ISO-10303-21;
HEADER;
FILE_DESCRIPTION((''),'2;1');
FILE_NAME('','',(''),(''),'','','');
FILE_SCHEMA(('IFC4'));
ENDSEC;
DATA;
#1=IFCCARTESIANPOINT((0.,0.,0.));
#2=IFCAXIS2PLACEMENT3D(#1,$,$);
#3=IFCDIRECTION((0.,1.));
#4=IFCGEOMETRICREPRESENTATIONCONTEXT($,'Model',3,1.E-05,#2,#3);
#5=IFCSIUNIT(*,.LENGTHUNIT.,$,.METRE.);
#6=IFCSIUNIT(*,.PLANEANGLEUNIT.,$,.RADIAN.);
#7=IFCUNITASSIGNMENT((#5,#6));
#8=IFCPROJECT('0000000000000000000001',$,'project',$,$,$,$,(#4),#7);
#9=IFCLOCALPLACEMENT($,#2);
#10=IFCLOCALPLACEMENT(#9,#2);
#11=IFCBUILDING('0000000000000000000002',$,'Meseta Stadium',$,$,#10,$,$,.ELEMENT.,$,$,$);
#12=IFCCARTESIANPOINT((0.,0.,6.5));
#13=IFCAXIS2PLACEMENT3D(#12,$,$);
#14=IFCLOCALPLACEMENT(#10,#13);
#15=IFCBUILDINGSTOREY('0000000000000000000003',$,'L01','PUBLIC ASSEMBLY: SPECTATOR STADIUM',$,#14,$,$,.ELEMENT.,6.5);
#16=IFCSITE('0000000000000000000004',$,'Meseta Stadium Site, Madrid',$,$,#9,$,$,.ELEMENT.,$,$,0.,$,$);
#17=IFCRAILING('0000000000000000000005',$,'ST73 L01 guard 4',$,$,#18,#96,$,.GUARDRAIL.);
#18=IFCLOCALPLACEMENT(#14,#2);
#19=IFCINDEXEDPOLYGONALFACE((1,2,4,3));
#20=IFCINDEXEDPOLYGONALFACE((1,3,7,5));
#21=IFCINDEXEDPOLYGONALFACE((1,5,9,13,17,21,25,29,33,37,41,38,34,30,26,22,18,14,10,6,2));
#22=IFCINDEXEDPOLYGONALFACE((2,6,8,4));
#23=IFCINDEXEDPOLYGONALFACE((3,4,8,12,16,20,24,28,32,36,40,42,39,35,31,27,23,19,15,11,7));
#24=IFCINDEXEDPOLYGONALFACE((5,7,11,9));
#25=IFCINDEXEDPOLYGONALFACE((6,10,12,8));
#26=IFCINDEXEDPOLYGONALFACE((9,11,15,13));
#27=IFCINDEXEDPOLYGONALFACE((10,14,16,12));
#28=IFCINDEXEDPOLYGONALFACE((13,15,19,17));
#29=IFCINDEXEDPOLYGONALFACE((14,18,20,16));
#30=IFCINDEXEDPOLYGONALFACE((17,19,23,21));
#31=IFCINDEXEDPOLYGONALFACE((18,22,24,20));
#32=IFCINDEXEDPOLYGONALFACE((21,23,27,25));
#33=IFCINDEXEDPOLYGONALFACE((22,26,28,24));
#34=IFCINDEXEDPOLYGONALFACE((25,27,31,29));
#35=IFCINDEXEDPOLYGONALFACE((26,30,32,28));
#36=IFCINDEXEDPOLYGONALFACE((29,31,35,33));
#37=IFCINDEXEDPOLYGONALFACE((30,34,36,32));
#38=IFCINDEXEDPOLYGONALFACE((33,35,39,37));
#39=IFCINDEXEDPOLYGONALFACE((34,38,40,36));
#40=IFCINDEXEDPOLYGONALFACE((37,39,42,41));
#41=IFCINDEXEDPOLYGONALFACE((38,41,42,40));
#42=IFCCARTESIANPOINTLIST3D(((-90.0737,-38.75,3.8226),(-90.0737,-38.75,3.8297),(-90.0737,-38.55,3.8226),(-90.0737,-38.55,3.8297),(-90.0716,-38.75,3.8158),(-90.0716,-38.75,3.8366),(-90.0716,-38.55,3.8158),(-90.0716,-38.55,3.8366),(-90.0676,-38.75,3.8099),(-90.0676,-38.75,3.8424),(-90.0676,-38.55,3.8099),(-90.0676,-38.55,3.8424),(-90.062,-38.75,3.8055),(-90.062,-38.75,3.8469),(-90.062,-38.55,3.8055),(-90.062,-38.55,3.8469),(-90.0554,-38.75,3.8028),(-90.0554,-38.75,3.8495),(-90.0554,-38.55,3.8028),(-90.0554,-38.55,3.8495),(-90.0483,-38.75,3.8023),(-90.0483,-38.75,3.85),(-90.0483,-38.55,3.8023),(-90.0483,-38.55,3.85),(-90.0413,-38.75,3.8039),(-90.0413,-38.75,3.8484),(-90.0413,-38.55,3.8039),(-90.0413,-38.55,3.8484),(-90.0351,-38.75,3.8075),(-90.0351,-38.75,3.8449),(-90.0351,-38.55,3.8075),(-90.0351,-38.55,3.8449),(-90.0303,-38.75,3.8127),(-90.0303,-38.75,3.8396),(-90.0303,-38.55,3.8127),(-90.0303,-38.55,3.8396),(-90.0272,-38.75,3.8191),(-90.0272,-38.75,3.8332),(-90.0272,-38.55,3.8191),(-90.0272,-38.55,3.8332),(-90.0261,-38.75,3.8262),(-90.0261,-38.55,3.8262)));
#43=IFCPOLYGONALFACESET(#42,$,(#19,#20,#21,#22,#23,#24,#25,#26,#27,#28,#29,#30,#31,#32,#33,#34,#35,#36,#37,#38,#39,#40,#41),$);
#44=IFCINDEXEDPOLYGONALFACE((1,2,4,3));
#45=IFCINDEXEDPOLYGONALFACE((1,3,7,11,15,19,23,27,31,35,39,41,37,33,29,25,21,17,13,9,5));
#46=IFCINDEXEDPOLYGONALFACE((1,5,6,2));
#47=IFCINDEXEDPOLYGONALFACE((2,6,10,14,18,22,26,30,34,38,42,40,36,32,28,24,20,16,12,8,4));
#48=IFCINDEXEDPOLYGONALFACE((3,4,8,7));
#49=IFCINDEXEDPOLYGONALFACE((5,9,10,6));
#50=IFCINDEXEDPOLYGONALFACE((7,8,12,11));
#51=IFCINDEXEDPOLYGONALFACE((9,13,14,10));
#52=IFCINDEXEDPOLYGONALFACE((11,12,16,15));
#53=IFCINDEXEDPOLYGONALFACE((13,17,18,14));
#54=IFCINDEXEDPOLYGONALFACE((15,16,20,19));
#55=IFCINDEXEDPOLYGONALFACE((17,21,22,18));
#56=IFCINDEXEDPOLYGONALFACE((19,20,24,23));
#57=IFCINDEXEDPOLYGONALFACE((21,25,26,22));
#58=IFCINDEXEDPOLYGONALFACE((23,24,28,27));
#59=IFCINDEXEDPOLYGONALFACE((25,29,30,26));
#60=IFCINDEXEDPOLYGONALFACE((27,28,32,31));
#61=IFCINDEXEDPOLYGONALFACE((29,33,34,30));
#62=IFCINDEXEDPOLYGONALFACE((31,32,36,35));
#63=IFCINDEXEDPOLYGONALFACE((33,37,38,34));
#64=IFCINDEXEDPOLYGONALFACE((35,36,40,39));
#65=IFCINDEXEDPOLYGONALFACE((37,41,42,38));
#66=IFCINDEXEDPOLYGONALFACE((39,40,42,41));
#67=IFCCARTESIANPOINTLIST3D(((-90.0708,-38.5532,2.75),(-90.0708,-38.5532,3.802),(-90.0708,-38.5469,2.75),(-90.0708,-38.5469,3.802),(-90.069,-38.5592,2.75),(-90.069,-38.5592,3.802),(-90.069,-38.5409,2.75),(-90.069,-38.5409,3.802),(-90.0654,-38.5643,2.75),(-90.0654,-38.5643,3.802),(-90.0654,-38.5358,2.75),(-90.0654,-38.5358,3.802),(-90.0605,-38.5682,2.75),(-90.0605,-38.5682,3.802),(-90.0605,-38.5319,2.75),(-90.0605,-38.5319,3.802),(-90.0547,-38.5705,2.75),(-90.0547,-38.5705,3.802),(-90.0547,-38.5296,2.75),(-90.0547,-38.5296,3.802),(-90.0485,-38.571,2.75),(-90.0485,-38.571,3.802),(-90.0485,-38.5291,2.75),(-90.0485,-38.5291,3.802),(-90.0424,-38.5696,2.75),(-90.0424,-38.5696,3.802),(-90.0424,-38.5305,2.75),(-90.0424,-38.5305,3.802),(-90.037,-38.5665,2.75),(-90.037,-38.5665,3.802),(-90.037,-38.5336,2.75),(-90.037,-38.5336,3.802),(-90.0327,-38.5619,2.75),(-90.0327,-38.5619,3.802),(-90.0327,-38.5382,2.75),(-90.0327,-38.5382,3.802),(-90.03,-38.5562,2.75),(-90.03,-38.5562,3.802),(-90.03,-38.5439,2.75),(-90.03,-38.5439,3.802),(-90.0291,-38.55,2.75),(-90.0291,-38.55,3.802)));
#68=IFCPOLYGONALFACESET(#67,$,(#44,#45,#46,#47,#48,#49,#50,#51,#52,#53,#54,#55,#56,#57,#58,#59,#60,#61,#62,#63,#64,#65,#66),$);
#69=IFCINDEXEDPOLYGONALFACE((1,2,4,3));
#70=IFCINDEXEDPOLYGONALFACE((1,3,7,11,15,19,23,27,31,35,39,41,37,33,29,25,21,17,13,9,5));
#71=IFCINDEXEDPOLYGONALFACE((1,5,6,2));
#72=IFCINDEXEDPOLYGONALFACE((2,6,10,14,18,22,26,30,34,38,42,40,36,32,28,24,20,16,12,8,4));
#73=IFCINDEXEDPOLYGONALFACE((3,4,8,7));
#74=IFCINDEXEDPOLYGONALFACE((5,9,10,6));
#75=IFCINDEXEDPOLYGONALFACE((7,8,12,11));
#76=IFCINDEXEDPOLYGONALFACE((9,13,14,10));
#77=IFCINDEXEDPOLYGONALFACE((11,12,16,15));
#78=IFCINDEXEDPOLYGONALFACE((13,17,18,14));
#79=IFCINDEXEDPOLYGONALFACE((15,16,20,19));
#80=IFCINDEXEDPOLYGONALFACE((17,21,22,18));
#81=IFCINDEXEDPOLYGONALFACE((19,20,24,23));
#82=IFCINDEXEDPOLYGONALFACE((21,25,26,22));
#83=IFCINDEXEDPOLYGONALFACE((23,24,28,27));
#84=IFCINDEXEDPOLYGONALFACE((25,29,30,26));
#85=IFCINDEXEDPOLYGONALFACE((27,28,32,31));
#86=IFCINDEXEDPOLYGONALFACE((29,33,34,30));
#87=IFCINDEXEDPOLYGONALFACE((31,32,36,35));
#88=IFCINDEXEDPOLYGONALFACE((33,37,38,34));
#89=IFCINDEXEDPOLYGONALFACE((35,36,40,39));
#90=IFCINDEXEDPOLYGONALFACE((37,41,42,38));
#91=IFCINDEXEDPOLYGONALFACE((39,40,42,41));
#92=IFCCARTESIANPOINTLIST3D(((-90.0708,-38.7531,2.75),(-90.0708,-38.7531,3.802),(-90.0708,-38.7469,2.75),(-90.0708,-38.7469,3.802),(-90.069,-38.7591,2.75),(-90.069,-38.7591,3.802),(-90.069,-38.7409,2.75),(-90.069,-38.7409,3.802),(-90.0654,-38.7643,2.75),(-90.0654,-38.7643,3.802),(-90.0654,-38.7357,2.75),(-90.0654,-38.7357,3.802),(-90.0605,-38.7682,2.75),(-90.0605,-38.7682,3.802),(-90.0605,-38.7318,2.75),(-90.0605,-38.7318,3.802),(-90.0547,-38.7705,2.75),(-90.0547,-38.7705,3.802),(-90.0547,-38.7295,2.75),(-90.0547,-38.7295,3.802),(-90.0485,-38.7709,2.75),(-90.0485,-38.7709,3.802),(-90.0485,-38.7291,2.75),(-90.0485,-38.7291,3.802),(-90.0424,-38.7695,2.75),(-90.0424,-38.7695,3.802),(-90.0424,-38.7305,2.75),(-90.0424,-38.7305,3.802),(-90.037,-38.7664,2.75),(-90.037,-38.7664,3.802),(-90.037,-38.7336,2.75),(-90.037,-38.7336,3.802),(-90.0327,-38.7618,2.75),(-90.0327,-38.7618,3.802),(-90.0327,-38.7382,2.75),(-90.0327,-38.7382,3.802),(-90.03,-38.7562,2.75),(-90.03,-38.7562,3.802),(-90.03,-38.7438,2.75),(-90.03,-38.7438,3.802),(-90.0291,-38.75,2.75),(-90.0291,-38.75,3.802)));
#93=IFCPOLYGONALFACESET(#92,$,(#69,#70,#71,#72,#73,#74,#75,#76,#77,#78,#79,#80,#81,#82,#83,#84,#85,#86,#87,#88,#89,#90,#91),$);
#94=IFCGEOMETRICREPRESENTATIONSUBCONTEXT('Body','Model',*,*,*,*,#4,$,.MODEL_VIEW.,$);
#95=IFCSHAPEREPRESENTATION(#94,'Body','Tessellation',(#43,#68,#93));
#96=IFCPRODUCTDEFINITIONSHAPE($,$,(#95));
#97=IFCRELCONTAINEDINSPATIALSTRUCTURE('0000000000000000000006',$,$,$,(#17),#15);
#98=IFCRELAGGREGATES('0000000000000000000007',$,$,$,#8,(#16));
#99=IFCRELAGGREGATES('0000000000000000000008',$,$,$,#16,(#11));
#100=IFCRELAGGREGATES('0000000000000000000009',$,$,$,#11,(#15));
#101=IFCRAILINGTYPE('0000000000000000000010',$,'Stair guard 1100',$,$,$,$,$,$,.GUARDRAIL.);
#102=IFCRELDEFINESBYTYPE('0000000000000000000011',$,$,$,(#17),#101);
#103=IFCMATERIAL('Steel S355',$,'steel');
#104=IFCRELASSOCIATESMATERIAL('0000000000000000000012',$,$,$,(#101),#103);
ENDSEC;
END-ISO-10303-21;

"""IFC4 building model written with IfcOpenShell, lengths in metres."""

from ifc_helpers import new_model, si_unit, direction, frame, origin, origin_2d, place, context, subcontext, project, spatial, circle, extrude, material, type_object, element, save


model = new_model("IFC4")

# Units and contexts
model_context = context("Model", 3, precision=1e-05, world=origin(), true_north=direction((0.0, 1.0)))
body_context = subcontext(model_context, "Body", "Model", "MODEL_VIEW")
ifc_project = project(units=[si_unit("LENGTHUNIT", "METRE"), si_unit("PLANEANGLEUNIT", "RADIAN")], contexts=[model_context])

# Site, building, storey
site_placement = place(None, origin())
site = spatial("IfcSite", under=ifc_project, at=site_placement, Name="Meseta Stadium Site, Madrid", CompositionType="ELEMENT", RefElevation=0.0)
building_placement = place(site_placement, origin())
building = spatial("IfcBuilding", under=site, at=building_placement, Name="Meseta Stadium", CompositionType="ELEMENT")
storey_placement = place(building_placement, frame((0.0, 0.0, 6.5)))
storey = spatial("IfcBuildingStorey", under=building, at=storey_placement, Name="L01", Description="PUBLIC ASSEMBLY: SPECTATOR STADIUM", CompositionType="ELEMENT", Elevation=6.5)

# Railing
ifc_material_1 = material(Name="Steel S355", Category="steel")
railing_type_1 = type_object("IfcRailingType", Name="Stair guard 1100", PredefinedType="GUARDRAIL", material=ifc_material_1)
railing_1_placement = place(storey_placement, frame((-90.05, -38.55, 2.75)))
element("IfcRailing", 1, at=railing_1_placement, inside=storey, type_object=railing_type_1, Name="ST73 L01 guard 4", PredefinedType="GUARDRAIL", context=body_context, shape_type="SweptSolid", body=[
    extrude(circle(Radius=0.0239, at=origin_2d()), frame((0.0, 0.0, 1.0762), z_axis=(0.0, -1.0, 0.0), x_axis=(1.0, 0.0, 0.0)), (0.0, 0.0, 1.0), 0.2),
    extrude(circle(Radius=0.021, at=origin_2d()), origin(), (0.0, 0.0, 1.0), 1.052),
    extrude(circle(Radius=0.021, at=origin_2d()), frame((0.0, -0.2, 0.0)), (0.0, 0.0, 1.0), 1.052),
])

save(model, "model.ifc")
